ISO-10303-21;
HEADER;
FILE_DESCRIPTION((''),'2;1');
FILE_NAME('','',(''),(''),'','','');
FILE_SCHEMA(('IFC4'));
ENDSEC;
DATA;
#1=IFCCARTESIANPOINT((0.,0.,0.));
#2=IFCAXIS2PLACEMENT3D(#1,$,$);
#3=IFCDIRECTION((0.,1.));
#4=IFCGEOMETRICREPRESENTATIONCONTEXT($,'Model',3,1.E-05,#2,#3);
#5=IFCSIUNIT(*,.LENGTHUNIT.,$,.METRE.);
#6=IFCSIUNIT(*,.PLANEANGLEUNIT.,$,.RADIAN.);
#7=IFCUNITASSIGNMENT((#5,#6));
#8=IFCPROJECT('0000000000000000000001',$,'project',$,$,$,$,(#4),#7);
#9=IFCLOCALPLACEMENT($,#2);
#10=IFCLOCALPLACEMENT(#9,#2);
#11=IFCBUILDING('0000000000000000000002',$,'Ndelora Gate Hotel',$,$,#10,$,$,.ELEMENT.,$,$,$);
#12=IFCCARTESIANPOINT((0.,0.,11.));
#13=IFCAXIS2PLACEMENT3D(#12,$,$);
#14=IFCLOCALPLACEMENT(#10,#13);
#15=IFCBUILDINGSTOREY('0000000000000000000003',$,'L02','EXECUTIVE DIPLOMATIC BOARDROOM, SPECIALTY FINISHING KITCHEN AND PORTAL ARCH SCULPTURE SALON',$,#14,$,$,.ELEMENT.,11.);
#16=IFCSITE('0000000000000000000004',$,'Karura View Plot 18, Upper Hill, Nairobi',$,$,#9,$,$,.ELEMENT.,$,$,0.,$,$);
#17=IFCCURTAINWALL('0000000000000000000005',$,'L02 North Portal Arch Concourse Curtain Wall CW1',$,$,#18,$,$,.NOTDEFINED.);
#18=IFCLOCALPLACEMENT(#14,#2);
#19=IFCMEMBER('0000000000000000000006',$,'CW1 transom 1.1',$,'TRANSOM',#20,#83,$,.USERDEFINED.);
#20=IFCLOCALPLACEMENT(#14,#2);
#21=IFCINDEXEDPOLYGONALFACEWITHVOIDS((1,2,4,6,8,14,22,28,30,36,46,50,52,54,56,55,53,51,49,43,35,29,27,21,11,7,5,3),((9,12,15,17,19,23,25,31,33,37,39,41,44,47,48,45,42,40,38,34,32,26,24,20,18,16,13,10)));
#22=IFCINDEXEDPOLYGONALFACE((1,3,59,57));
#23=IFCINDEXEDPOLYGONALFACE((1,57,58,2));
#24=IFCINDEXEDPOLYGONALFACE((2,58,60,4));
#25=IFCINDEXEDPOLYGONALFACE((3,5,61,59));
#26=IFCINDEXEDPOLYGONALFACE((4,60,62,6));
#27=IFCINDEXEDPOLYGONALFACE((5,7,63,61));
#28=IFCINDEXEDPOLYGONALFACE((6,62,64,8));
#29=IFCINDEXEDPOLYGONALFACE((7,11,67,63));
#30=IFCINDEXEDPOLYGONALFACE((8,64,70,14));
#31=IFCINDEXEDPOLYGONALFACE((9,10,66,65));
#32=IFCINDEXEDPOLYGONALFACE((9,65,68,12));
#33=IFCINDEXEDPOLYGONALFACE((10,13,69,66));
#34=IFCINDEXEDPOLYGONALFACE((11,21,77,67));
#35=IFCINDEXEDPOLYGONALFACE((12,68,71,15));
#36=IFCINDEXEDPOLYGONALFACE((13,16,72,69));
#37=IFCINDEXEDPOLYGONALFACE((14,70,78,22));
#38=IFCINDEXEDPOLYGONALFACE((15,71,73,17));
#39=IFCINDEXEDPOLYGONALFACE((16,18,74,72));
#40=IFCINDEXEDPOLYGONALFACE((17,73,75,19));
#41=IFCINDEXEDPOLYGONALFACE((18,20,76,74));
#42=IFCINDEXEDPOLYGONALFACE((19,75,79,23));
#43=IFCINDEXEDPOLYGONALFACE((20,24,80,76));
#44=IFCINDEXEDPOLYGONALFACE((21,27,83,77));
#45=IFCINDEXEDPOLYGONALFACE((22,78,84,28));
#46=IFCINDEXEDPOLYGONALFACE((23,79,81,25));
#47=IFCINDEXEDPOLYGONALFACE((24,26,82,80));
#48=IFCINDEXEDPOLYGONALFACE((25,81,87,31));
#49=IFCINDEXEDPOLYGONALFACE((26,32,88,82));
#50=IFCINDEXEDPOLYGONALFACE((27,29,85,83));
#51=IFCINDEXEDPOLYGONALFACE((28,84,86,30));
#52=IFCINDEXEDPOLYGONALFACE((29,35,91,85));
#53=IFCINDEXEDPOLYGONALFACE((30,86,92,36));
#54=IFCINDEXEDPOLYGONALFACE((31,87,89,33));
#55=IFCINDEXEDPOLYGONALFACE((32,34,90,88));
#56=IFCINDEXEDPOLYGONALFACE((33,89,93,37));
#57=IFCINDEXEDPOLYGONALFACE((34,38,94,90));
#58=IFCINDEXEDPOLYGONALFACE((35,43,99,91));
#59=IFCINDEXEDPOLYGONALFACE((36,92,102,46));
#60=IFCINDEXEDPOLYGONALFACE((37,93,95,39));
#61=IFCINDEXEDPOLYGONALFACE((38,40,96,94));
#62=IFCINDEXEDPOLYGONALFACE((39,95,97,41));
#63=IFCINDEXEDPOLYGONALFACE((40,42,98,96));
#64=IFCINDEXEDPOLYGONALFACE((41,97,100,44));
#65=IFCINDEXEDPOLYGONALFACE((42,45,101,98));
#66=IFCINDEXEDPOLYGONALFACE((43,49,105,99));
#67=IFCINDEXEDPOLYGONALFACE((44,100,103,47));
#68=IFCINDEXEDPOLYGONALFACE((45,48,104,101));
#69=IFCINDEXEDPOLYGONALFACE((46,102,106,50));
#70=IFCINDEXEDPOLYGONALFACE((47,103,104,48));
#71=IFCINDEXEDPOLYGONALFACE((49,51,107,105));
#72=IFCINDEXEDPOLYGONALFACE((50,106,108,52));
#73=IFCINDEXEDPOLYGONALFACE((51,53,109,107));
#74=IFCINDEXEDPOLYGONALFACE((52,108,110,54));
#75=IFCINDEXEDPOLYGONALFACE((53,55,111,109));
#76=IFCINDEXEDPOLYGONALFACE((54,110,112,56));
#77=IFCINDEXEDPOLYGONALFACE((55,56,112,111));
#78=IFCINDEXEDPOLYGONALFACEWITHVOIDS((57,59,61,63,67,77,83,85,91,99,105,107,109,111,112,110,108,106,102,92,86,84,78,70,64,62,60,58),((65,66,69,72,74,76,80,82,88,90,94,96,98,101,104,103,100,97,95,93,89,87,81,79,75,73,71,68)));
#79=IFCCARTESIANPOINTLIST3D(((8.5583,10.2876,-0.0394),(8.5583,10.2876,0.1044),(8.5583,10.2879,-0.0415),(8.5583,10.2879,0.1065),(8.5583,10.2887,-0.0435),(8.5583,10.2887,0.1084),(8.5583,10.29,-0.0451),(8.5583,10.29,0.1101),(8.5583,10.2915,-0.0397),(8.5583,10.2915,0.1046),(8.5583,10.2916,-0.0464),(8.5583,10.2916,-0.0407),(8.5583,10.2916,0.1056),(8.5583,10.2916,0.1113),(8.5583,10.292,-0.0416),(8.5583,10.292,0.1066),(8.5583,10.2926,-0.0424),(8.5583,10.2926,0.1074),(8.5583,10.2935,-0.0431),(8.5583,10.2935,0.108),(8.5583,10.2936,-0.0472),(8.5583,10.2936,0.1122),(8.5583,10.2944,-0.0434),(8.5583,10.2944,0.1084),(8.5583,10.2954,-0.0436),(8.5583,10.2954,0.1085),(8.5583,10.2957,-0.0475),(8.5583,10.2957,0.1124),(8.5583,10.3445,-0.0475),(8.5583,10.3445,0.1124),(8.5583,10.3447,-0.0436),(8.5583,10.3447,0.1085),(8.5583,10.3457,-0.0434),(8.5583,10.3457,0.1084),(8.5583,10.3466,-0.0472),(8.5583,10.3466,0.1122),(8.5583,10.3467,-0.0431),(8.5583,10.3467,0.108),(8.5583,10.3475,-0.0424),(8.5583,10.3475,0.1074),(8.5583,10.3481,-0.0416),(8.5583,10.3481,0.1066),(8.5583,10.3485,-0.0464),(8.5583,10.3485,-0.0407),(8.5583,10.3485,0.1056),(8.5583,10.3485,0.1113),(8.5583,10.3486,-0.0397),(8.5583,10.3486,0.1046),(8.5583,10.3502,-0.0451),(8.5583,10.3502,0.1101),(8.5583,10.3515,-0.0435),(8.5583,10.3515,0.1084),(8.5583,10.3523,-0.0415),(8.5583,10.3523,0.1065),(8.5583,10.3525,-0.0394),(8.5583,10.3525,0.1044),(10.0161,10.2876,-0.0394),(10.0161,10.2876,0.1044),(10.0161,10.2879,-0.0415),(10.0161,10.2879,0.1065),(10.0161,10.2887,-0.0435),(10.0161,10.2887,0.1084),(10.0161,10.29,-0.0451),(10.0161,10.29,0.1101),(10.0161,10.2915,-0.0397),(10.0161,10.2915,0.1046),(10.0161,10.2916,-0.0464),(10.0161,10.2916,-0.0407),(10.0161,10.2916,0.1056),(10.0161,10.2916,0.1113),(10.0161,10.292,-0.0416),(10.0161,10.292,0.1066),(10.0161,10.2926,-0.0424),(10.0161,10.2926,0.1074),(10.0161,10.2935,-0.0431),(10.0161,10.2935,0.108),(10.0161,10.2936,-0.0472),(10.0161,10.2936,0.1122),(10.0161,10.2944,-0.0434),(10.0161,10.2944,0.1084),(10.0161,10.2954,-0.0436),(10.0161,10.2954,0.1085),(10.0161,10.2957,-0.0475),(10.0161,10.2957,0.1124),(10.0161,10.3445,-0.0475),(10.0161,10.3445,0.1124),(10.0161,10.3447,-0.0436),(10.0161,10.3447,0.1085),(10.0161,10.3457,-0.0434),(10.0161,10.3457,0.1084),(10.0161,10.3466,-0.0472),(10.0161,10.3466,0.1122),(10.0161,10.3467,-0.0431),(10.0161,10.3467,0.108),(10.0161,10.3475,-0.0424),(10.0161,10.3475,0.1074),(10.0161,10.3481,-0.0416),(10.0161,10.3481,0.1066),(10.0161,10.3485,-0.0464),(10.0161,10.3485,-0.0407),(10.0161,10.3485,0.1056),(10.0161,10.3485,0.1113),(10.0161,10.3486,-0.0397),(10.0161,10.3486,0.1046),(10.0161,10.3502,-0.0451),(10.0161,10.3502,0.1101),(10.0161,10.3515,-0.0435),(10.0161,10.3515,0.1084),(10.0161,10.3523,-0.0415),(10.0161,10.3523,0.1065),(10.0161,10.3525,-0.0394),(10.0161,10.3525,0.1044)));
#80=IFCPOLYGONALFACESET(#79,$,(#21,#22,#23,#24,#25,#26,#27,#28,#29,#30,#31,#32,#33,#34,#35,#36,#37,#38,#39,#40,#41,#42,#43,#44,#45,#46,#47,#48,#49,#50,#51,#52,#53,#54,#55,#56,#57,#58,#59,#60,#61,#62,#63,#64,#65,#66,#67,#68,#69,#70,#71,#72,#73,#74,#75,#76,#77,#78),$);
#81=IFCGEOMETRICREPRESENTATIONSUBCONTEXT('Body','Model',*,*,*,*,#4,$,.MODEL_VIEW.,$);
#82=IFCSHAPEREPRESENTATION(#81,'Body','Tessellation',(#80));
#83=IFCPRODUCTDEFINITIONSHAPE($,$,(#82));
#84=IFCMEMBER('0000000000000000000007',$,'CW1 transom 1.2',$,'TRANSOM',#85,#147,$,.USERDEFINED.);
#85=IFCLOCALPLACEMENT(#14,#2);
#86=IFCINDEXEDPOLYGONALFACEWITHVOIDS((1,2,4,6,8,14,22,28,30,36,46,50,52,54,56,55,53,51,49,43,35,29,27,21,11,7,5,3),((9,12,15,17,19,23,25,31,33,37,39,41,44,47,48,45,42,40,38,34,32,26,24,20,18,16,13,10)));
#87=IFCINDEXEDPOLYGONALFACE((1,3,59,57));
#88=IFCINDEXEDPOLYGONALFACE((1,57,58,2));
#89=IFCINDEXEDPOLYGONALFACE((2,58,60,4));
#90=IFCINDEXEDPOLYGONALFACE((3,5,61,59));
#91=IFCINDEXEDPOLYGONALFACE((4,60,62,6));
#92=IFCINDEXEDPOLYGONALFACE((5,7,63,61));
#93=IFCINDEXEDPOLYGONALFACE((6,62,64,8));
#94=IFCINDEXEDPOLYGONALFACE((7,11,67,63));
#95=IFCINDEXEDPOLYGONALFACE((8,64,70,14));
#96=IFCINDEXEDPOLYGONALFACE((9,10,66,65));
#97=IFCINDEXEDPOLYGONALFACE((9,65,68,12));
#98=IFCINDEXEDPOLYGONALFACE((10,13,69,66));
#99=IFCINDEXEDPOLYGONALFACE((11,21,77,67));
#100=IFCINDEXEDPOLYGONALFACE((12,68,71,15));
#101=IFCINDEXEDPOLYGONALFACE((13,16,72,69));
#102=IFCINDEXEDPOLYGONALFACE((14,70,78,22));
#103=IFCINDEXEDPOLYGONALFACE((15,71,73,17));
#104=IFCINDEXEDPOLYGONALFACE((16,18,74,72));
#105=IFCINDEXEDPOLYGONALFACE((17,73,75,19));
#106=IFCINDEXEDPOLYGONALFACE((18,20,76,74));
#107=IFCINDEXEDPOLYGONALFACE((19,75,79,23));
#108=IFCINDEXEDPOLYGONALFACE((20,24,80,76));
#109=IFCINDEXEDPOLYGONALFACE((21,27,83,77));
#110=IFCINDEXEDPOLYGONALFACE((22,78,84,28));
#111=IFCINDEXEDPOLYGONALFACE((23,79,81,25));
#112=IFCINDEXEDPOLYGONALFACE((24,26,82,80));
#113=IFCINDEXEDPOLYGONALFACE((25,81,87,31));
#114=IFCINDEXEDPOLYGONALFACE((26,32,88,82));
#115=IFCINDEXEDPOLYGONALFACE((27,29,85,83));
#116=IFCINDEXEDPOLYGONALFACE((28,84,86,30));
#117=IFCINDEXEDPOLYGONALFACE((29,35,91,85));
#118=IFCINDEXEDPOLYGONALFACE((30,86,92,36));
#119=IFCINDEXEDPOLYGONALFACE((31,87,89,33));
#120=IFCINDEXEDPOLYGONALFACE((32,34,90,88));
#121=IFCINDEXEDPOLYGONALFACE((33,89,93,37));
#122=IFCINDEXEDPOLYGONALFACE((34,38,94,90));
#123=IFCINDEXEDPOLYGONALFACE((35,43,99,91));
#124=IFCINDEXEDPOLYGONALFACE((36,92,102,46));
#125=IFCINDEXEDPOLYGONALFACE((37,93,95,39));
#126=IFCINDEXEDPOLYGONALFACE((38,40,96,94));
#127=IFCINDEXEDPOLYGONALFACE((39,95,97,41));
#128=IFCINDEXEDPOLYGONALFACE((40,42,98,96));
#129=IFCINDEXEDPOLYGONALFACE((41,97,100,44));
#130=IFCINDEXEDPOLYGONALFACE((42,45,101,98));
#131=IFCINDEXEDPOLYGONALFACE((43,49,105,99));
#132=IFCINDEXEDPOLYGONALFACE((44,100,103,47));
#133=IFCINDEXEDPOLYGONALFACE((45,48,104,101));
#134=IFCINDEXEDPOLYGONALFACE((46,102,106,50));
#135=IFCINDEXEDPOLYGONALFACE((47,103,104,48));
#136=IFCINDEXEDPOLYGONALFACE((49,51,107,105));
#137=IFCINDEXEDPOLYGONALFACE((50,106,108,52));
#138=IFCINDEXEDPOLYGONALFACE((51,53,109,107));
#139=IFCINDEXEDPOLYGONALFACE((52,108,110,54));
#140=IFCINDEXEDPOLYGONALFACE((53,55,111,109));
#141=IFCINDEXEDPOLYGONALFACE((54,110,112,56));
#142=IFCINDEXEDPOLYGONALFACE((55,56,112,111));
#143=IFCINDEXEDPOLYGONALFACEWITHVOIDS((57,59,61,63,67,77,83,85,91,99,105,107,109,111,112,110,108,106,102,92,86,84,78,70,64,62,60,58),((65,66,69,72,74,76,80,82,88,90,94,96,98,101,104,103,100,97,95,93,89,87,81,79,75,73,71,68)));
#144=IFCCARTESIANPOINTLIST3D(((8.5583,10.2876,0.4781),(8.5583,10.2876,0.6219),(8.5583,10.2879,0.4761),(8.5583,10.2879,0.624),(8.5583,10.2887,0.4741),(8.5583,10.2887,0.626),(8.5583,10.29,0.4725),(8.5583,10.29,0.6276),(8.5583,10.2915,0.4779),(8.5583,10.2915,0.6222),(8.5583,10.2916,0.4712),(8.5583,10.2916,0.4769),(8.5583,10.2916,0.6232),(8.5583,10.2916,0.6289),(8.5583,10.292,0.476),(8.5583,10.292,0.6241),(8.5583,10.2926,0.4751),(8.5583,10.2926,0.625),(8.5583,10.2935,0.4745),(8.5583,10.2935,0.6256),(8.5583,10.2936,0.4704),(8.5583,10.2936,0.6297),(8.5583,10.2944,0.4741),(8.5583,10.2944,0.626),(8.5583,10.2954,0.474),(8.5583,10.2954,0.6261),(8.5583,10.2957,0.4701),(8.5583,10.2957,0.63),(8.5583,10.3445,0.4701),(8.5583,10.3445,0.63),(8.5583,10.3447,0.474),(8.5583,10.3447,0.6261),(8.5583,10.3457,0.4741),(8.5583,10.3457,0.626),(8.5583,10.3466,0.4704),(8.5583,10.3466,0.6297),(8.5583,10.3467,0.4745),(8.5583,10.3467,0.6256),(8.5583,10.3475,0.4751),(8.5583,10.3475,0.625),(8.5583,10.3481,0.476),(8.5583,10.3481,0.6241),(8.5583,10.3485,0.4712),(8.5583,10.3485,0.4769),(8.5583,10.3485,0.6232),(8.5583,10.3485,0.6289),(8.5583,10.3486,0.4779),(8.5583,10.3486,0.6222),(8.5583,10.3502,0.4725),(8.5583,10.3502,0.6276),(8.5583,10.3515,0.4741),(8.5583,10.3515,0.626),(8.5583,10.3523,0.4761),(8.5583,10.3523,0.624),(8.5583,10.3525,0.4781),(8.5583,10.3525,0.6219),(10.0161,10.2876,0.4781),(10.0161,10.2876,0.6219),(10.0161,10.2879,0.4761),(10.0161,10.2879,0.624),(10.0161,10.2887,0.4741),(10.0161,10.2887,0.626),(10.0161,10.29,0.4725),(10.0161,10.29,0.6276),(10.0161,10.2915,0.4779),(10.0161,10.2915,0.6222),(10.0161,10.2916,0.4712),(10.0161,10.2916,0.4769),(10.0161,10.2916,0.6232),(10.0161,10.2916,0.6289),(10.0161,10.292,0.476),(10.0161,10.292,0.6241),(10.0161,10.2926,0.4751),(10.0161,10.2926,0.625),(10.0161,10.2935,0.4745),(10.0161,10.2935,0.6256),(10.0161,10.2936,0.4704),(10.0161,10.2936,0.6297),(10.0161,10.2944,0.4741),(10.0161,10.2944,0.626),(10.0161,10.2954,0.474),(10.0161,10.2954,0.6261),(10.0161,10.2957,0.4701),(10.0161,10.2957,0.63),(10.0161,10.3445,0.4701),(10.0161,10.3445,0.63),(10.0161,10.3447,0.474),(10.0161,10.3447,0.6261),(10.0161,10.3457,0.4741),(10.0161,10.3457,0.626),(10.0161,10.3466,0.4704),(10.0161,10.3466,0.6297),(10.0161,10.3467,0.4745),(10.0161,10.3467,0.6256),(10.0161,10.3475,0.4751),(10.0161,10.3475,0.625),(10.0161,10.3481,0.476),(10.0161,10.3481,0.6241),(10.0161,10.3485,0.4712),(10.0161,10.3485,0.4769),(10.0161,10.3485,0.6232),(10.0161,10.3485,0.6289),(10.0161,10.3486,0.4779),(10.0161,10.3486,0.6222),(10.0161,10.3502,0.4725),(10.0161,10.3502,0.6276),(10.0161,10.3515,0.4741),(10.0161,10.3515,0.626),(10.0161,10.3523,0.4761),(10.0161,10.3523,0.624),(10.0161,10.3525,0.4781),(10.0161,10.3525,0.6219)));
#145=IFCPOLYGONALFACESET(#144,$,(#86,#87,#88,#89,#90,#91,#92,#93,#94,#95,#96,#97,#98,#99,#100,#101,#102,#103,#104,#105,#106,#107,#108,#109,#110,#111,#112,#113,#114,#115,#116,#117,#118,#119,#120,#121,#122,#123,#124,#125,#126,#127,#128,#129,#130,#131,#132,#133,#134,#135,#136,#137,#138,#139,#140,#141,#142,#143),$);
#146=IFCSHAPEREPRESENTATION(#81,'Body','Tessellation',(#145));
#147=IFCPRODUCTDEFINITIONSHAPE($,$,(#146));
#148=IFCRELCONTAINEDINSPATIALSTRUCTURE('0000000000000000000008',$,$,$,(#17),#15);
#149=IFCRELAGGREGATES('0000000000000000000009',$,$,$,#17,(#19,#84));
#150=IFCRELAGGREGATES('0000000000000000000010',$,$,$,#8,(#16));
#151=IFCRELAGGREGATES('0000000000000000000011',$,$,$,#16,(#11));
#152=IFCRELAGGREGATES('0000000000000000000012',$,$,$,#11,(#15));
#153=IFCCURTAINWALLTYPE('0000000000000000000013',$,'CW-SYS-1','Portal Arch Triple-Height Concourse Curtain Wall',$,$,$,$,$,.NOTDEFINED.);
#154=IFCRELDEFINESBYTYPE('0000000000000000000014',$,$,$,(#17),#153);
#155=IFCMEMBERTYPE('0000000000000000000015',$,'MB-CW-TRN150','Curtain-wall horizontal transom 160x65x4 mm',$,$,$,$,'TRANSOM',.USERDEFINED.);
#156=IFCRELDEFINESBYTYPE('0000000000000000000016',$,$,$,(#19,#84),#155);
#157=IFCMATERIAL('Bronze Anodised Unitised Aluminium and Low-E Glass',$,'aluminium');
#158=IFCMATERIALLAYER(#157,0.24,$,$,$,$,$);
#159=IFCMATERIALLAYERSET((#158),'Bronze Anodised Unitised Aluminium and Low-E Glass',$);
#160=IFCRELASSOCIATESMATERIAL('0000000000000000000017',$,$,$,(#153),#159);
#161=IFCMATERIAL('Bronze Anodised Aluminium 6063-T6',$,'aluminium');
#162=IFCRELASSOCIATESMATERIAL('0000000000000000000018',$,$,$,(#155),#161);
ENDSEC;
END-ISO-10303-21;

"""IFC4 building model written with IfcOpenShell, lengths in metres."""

from ifc_helpers import new_model, si_unit, direction, frame, origin, origin_2d, place, context, subcontext, project, spatial, hollow_rectangle, extrude, material, layer, layer_set, material_profile, profile_set, type_object, element, aggregate, save


model = new_model("IFC4")

# Units and contexts
model_context = context("Model", 3, precision=1e-05, world=origin(), true_north=direction((0.0, 1.0)))
body_context = subcontext(model_context, "Body", "Model", "MODEL_VIEW")
ifc_project = project(units=[si_unit("LENGTHUNIT", "METRE"), si_unit("PLANEANGLEUNIT", "RADIAN")], contexts=[model_context])

# Site, building, storey
site_placement = place(None, origin())
site = spatial("IfcSite", under=ifc_project, at=site_placement, Name="Karura View Plot 18, Upper Hill, Nairobi", CompositionType="ELEMENT", RefElevation=0.0)
building_placement = place(site_placement, origin())
building = spatial("IfcBuilding", under=site, at=building_placement, Name="Ndelora Gate Hotel", CompositionType="ELEMENT")
storey_placement = place(building_placement, frame((0.0, 0.0, 11.0)))
storey = spatial("IfcBuildingStorey", under=building, at=storey_placement, Name="L02", Description="EXECUTIVE DIPLOMATIC BOARDROOM, SPECIALTY FINISHING KITCHEN AND PORTAL ARCH SCULPTURE SALON", CompositionType="ELEMENT", Elevation=11.0)

# Curtain wall, members
ifc_material_1 = material(Name="Bronze Anodised Unitised Aluminium and Low-E Glass", Category="aluminium")
ifc_layer_1 = layer(ifc_material_1, 0.24)
ifc_layer_set_1 = layer_set([ifc_layer_1], Name="Bronze Anodised Unitised Aluminium and Low-E Glass")
curtain_wall_type = type_object("IfcCurtainWallType", Name="CW-SYS-1", Description="Portal Arch Triple-Height Concourse Curtain Wall", PredefinedType="NOTDEFINED", material=ifc_layer_set_1)
curtain_wall_placement = place(storey_placement, origin())
curtain_wall = element("IfcCurtainWall", 1, at=curtain_wall_placement, inside=storey, type_object=curtain_wall_type, Name="L02 North Portal Arch Concourse Curtain Wall CW1", PredefinedType="NOTDEFINED")
ifc_material_2 = material(Name="Bronze Anodised Aluminium 6063-T6", Category="aluminium")
ifc_material_profile_1 = material_profile(ifc_material_2, hollow_rectangle(XDim=0.0649, YDim=0.1599, WallThickness=0.0039, InnerFilletRadius=0.0039, OuterFilletRadius=0.0081, at=origin_2d()), Name="ALU 160x65x4")
ifc_profile_set_1 = profile_set([ifc_material_profile_1], Name="Bronze Anodised Aluminium 6063-T6")
member_type_1 = type_object("IfcMemberType", Name="MB-CW-TRN150", Description="Curtain-wall horizontal transom 160x65x4 mm", ElementType="TRANSOM", PredefinedType="USERDEFINED", material=ifc_profile_set_1)
member_1_placement = place(storey_placement, frame((10.0161, 10.3201, 0.0325), z_axis=(-1.0, 0.0, 0.0), x_axis=(0.0, -1.0, 0.0)))
member_1 = element("IfcMember", 2, at=member_1_placement, type_object=member_type_1, Name="CW1 transom 1.1", ObjectType="TRANSOM", PredefinedType="USERDEFINED", context=body_context, shape_type="SweptSolid", body=[
    extrude(hollow_rectangle(XDim=0.0649, YDim=0.1599, WallThickness=0.0039, InnerFilletRadius=0.0039, OuterFilletRadius=0.0081, at=origin_2d()), origin(), (0.0, 0.0, 1.0), 1.4578),
])
member_2_placement = place(storey_placement, frame((10.0161, 10.3201, 0.55), z_axis=(-1.0, 0.0, 0.0), x_axis=(0.0, -1.0, 0.0)))
member_2 = element("IfcMember", 3, at=member_2_placement, type_object=member_type_1, Name="CW1 transom 1.2", ObjectType="TRANSOM", PredefinedType="USERDEFINED", context=body_context, shape_type="SweptSolid", body=[
    extrude(hollow_rectangle(XDim=0.0649, YDim=0.1599, WallThickness=0.0039, InnerFilletRadius=0.0039, OuterFilletRadius=0.0081, at=origin_2d()), origin(), (0.0, 0.0, 1.0), 1.4578),
])
aggregate(curtain_wall, [member_1, member_2])

save(model, "model.ifc")
